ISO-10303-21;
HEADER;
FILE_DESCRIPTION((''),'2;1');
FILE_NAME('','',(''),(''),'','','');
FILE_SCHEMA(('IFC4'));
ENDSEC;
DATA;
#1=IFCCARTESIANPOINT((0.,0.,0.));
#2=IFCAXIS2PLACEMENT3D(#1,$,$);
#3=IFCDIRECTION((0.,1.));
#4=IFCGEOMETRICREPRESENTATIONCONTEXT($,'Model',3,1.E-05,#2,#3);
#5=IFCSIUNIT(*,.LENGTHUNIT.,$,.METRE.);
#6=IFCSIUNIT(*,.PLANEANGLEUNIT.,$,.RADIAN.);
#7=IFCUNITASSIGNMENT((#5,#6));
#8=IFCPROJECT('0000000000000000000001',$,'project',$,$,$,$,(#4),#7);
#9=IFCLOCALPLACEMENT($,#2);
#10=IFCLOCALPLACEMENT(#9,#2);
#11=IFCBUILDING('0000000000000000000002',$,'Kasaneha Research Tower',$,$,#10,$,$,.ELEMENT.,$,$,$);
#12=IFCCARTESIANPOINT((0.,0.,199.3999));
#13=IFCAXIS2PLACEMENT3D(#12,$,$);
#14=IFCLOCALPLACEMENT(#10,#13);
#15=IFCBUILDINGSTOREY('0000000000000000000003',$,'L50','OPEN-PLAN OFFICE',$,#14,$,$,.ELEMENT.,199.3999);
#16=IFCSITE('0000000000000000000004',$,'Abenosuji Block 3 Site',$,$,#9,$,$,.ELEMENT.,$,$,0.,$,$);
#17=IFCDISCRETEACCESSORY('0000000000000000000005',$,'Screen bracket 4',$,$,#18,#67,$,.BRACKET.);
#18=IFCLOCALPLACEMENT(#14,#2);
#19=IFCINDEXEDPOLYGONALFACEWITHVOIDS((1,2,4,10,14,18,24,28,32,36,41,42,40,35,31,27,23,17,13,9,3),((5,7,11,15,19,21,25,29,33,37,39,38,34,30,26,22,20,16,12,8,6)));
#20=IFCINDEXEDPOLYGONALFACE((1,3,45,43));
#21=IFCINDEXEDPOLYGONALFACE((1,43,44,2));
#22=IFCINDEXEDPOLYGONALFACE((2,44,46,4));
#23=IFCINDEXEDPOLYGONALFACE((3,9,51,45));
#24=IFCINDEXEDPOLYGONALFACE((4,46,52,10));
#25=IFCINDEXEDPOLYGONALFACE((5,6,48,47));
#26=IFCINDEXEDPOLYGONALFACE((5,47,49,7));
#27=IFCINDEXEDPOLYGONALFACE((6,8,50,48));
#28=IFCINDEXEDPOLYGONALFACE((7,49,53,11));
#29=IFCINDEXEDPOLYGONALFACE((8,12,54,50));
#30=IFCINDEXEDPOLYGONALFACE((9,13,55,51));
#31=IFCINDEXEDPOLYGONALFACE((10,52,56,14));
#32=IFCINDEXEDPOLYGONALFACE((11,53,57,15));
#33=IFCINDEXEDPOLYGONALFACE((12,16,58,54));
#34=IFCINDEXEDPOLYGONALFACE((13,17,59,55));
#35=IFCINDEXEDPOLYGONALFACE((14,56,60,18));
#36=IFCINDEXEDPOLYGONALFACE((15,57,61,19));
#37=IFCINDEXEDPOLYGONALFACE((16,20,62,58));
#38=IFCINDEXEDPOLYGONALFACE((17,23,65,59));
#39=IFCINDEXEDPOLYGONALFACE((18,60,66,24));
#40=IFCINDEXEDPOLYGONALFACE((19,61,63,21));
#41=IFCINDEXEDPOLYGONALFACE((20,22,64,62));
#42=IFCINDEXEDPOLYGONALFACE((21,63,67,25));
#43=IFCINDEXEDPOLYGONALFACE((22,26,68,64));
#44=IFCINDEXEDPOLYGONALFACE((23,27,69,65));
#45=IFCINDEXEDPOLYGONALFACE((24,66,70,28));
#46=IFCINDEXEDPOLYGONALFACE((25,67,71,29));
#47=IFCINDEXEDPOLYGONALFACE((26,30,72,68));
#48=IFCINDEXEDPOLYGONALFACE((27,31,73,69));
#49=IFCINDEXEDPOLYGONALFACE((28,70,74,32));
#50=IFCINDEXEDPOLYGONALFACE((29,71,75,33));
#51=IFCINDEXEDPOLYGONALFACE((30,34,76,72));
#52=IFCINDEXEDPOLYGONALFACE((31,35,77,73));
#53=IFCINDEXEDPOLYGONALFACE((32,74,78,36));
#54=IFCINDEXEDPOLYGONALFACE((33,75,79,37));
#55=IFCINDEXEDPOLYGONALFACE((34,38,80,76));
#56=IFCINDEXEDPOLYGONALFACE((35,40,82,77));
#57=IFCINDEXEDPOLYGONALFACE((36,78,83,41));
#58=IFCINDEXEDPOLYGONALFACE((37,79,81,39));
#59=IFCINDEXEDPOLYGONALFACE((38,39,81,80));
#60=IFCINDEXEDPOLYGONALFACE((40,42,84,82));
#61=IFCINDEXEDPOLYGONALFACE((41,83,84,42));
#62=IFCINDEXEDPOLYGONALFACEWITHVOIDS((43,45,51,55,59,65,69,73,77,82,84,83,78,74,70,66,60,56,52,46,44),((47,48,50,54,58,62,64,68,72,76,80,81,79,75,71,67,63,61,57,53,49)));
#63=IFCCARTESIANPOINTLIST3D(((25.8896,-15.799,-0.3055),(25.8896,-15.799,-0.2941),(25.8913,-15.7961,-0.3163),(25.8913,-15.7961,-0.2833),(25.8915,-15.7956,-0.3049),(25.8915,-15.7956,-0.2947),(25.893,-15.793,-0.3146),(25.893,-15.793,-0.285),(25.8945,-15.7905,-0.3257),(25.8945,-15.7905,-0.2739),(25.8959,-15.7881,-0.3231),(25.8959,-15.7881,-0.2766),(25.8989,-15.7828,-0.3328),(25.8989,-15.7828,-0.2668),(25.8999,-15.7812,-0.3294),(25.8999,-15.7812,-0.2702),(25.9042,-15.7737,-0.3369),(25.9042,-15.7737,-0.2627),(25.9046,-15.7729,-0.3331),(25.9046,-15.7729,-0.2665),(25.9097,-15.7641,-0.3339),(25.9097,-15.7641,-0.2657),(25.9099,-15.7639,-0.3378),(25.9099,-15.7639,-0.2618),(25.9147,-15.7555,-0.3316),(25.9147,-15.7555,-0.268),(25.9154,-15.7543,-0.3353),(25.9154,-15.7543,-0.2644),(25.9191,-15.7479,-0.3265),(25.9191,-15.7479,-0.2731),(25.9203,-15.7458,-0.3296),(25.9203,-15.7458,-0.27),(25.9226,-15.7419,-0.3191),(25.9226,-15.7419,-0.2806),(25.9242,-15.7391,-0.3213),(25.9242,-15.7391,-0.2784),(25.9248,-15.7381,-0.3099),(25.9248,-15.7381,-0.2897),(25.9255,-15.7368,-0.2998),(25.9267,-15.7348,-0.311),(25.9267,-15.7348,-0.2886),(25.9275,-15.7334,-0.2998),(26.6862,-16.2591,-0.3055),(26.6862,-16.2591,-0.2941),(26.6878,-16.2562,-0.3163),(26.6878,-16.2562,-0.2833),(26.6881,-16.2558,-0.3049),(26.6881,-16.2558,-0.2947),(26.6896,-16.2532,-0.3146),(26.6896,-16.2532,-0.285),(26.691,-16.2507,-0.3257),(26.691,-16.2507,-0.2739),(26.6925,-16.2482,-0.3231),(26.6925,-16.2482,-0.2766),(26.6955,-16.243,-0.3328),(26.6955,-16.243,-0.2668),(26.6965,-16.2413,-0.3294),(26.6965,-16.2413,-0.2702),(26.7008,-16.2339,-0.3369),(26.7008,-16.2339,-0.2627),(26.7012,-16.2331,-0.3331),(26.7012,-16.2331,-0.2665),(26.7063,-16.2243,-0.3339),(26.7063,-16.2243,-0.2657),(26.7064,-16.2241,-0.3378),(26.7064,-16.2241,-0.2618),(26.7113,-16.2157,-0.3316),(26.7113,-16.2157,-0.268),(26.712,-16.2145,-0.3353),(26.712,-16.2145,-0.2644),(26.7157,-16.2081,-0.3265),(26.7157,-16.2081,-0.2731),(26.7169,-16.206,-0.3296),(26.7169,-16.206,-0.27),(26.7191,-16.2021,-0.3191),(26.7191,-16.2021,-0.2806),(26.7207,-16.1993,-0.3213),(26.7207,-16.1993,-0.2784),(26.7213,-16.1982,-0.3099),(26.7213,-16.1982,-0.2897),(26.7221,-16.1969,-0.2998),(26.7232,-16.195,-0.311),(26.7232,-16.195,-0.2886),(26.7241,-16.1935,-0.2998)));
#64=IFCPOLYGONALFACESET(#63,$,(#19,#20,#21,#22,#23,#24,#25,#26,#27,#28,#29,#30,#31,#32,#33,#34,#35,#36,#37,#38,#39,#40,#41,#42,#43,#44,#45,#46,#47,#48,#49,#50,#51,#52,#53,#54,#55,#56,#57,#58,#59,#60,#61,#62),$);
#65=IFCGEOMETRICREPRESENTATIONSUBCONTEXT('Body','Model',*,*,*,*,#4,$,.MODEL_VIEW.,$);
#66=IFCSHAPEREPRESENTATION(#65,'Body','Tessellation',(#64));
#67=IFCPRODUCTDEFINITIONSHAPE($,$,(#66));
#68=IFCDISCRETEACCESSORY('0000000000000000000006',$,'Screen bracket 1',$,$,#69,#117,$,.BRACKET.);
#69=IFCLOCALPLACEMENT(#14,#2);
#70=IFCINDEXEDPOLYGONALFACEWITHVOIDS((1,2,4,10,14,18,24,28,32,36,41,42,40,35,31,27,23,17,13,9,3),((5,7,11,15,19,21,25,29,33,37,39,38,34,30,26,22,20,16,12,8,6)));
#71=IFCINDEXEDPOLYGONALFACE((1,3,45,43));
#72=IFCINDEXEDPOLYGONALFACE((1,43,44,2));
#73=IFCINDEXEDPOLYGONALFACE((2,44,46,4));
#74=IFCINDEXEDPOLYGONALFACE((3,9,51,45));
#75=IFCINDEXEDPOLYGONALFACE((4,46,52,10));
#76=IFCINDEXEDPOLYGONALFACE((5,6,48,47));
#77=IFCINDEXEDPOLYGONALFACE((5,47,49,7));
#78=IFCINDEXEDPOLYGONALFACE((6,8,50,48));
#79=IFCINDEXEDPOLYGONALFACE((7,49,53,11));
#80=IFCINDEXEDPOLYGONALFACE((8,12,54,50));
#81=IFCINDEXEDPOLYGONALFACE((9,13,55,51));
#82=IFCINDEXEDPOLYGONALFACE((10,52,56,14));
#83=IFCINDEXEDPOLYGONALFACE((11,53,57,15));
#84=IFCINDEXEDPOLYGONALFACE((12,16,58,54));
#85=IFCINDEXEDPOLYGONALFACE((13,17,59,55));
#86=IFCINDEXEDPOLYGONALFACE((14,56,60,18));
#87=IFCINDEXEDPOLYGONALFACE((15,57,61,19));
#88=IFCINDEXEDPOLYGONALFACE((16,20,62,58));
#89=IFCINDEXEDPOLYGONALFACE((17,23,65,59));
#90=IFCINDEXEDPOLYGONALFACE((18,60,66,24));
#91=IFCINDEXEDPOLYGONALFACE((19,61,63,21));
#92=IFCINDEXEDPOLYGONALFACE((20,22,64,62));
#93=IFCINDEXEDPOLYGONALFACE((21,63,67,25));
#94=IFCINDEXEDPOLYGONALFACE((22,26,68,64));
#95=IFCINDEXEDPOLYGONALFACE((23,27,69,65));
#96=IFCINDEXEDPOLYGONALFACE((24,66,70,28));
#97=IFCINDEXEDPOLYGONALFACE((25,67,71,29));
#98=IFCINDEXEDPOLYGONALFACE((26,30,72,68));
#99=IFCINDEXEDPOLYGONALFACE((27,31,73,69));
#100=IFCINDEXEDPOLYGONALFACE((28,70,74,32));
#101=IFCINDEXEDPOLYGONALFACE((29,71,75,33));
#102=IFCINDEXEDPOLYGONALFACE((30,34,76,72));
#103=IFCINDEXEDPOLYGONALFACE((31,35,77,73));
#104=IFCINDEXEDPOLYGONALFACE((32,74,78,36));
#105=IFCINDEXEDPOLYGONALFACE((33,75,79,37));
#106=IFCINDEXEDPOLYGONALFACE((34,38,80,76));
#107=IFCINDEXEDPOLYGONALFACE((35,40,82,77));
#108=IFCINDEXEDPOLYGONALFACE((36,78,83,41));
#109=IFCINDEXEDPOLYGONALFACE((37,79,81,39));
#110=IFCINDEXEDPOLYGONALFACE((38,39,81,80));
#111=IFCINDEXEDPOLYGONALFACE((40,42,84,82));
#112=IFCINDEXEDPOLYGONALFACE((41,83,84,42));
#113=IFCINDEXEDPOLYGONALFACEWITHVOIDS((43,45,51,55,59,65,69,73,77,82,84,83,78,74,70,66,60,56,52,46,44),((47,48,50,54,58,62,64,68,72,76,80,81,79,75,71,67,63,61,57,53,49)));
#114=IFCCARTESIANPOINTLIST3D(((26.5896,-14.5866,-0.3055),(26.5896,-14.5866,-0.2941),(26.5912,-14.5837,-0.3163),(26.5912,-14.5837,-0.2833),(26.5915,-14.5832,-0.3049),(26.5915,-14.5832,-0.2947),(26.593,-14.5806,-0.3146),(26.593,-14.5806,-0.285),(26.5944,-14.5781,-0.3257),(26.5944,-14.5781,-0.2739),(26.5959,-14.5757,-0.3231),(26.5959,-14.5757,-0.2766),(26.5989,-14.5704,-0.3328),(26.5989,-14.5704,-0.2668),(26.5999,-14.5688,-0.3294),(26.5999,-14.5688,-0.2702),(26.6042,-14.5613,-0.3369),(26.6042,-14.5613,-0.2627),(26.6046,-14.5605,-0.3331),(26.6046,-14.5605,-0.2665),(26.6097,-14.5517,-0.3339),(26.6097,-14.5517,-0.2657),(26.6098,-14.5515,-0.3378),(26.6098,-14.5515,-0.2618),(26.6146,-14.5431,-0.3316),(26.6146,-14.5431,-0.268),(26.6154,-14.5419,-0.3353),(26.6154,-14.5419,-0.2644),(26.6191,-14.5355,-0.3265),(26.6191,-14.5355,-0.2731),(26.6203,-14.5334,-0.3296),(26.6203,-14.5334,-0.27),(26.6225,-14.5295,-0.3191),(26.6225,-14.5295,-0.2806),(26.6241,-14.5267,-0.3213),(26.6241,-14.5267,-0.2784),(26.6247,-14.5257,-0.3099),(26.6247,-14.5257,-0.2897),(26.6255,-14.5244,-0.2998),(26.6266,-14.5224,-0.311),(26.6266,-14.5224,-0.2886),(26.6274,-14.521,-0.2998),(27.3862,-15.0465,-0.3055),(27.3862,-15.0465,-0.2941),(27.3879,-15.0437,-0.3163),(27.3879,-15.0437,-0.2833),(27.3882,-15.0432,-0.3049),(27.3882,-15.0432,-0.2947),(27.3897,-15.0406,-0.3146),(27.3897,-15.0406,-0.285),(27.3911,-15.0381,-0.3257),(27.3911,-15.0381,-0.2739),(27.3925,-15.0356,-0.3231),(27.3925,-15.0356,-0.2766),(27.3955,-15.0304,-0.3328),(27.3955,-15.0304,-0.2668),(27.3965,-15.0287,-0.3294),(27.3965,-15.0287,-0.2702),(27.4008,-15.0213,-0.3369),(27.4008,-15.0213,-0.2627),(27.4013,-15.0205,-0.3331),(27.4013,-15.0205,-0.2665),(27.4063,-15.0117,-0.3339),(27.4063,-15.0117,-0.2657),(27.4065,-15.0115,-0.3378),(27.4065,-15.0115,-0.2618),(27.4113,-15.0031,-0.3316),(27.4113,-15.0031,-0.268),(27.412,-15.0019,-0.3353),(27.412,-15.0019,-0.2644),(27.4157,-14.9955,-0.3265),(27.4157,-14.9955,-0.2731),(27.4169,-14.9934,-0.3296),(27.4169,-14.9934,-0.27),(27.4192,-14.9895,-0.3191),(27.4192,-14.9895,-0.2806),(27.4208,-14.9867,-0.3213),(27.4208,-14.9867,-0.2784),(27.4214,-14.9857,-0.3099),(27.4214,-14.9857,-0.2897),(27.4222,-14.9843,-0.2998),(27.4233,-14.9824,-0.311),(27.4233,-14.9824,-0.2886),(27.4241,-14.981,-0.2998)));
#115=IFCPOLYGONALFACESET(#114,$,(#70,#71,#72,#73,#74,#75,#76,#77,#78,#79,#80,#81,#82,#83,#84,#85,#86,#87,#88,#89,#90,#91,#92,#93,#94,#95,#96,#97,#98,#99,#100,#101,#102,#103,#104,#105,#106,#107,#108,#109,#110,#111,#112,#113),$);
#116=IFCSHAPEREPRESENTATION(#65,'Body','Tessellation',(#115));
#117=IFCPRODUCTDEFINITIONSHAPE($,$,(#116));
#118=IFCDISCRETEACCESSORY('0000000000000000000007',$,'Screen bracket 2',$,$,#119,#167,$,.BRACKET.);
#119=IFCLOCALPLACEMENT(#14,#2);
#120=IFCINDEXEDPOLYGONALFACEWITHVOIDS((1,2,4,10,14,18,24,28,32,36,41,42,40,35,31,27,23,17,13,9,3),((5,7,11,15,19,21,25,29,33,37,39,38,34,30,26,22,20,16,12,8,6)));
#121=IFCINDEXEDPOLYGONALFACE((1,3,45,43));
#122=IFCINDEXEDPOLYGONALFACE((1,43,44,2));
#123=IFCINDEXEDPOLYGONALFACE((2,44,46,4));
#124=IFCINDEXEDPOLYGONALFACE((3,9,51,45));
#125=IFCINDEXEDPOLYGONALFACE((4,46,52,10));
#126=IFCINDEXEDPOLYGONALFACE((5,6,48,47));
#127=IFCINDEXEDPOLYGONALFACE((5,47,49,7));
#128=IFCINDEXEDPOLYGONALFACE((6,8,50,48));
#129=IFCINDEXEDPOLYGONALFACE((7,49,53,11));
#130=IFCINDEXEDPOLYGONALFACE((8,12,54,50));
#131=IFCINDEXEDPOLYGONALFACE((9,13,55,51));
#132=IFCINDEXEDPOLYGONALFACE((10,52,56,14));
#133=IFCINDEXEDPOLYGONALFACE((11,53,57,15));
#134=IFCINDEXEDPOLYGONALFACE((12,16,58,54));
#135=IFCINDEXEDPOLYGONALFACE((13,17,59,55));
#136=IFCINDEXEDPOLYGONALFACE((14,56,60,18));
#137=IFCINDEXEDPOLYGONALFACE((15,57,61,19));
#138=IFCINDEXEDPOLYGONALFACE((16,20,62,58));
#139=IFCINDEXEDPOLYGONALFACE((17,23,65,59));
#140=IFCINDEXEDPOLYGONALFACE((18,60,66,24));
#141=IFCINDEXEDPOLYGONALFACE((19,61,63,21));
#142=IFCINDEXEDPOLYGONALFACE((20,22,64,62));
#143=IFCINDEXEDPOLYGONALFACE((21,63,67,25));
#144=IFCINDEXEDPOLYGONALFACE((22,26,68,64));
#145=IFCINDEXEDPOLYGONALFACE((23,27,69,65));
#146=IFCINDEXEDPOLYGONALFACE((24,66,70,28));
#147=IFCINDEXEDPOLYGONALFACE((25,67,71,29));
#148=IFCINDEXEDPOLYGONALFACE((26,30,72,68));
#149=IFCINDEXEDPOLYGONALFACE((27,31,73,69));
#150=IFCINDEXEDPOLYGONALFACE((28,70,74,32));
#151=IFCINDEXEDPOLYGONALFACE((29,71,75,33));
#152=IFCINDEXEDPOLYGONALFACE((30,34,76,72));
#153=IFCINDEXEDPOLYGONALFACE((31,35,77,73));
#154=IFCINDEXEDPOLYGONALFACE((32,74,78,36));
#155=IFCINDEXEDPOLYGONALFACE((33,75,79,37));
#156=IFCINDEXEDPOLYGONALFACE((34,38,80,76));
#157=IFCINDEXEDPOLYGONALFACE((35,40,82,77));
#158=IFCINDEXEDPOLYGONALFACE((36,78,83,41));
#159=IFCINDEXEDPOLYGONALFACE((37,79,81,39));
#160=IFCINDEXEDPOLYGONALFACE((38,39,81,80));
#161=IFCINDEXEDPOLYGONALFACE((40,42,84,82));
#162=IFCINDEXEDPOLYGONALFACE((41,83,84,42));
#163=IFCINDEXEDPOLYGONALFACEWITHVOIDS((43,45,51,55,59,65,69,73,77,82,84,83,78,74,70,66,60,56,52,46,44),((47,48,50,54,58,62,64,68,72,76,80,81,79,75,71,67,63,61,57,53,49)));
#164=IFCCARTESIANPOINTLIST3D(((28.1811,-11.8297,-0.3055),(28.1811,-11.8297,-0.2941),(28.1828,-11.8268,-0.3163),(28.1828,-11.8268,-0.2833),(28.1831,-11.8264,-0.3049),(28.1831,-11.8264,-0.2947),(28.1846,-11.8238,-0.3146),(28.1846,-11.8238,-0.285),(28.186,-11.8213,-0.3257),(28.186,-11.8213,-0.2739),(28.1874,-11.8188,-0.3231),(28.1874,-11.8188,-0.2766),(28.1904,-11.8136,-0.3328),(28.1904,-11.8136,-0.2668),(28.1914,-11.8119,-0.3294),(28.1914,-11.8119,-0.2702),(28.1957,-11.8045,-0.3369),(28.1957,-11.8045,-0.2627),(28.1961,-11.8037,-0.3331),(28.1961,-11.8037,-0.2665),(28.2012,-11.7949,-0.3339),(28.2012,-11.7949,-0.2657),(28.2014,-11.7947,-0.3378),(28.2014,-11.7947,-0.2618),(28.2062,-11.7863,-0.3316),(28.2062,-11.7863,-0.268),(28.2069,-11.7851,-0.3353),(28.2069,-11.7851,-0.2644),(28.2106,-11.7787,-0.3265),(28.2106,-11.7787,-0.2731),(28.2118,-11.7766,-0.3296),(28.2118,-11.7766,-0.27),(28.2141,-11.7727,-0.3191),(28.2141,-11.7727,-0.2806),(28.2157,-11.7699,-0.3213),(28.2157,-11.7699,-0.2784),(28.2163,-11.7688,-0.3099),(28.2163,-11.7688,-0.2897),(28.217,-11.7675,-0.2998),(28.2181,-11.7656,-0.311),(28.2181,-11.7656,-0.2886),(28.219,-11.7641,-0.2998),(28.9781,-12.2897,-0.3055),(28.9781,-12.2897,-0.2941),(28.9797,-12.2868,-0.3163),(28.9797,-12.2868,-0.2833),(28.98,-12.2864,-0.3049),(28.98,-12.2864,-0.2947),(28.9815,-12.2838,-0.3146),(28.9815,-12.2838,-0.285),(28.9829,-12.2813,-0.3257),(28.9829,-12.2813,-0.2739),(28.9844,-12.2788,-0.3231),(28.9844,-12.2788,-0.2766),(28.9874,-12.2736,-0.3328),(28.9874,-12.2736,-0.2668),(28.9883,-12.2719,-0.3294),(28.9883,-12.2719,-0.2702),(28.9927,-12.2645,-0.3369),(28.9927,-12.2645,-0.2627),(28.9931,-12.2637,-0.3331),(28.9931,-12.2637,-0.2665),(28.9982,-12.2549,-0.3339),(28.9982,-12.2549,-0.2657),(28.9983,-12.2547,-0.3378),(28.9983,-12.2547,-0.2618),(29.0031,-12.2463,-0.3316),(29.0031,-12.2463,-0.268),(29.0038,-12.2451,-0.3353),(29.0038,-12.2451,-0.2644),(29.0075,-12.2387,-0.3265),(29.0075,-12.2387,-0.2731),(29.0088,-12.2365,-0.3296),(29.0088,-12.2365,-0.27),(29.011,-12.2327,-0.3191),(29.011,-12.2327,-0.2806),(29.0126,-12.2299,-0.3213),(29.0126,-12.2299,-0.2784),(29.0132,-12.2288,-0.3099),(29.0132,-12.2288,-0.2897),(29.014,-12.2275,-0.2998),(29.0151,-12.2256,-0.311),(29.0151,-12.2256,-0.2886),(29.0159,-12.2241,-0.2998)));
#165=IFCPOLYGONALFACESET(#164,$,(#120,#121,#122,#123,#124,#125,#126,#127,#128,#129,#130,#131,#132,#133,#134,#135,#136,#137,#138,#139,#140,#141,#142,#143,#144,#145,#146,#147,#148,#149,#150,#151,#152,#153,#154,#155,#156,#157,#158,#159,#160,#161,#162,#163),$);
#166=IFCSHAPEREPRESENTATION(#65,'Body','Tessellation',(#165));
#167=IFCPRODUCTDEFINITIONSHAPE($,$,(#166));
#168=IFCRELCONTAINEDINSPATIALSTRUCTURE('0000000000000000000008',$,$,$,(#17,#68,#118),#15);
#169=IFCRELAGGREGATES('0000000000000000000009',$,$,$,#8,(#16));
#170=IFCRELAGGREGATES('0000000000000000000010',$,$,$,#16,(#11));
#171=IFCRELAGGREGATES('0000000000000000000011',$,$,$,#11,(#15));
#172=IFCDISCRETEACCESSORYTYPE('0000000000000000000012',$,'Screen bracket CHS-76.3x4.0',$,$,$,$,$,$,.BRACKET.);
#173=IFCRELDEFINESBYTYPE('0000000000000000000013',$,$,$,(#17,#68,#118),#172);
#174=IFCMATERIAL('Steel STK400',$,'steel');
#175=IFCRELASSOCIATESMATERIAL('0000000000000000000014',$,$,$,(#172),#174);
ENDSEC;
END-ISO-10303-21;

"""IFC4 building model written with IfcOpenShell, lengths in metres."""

from ifc_helpers import new_model, si_unit, direction, frame, origin, origin_2d, place, context, subcontext, project, spatial, hollow_circle, extrude, material, material_profile, profile_set, type_object, element, save


model = new_model("IFC4")

# Units and contexts
model_context = context("Model", 3, precision=1e-05, world=origin(), true_north=direction((0.0, 1.0)))
body_context = subcontext(model_context, "Body", "Model", "MODEL_VIEW")
ifc_project = project(units=[si_unit("LENGTHUNIT", "METRE"), si_unit("PLANEANGLEUNIT", "RADIAN")], contexts=[model_context])

# Site, building, storey
site_placement = place(None, origin())
site = spatial("IfcSite", under=ifc_project, at=site_placement, Name="Abenosuji Block 3 Site", CompositionType="ELEMENT", RefElevation=0.0)
building_placement = place(site_placement, origin())
building = spatial("IfcBuilding", under=site, at=building_placement, Name="Kasaneha Research Tower", CompositionType="ELEMENT")
storey_placement = place(building_placement, frame((0.0, 0.0, 199.3999)))
storey = spatial("IfcBuildingStorey", under=building, at=storey_placement, Name="L50", Description="OPEN-PLAN OFFICE", CompositionType="ELEMENT", Elevation=199.3999)

# Discrete accessories
ifc_material_1 = material(Name="Steel STK400", Category="steel")
ifc_material_profile_1 = material_profile(ifc_material_1, hollow_circle(Radius=0.0381, WallThickness=0.0039, at=origin_2d()), Name="CHS-76.3x4.0")
ifc_profile_set_1 = profile_set([ifc_material_profile_1], Name="Steel STK400")
discrete_accessory_type = type_object("IfcDiscreteAccessoryType", Name="Screen bracket CHS-76.3x4.0", PredefinedType="BRACKET", material=ifc_profile_set_1)
for number, where, z_axis, x_axis, name in (
    (1, (25.9084, -15.7664, -0.2998), (0.865898, -0.50022, 0.0), (0.50022, 0.865898, 0.0), "Screen bracket 4"),
    (2, (26.6084, -14.554, -0.2998), (0.866013, -0.500021, 0.0), (0.500021, 0.866013, 0.0), "Screen bracket 1"),
):
    element("IfcDiscreteAccessory", number, at=place(storey_placement, frame(where, z_axis=z_axis, x_axis=x_axis)), inside=storey, type_object=discrete_accessory_type, Name=name, PredefinedType="BRACKET", context=body_context, shape_type="SweptSolid", body=[
        extrude(hollow_circle(Radius=0.0381, WallThickness=0.0039, at=origin_2d()), origin(), (0.0, 0.0, 1.0), 0.9199),
    ])
discrete_accessory_1_placement = place(storey_placement, frame((28.2, -11.7971, -0.2998), z_axis=(0.86608, -0.499906, 0.0), x_axis=(0.499906, 0.86608, 0.0)))
element("IfcDiscreteAccessory", 3, at=discrete_accessory_1_placement, inside=storey, type_object=discrete_accessory_type, Name="Screen bracket 2", PredefinedType="BRACKET", context=body_context, shape_type="SweptSolid", body=[
    extrude(hollow_circle(Radius=0.0381, WallThickness=0.0039, at=origin_2d()), origin(), (0.0, 0.0, 1.0), 0.9202),
])

save(model, "model.ifc")
